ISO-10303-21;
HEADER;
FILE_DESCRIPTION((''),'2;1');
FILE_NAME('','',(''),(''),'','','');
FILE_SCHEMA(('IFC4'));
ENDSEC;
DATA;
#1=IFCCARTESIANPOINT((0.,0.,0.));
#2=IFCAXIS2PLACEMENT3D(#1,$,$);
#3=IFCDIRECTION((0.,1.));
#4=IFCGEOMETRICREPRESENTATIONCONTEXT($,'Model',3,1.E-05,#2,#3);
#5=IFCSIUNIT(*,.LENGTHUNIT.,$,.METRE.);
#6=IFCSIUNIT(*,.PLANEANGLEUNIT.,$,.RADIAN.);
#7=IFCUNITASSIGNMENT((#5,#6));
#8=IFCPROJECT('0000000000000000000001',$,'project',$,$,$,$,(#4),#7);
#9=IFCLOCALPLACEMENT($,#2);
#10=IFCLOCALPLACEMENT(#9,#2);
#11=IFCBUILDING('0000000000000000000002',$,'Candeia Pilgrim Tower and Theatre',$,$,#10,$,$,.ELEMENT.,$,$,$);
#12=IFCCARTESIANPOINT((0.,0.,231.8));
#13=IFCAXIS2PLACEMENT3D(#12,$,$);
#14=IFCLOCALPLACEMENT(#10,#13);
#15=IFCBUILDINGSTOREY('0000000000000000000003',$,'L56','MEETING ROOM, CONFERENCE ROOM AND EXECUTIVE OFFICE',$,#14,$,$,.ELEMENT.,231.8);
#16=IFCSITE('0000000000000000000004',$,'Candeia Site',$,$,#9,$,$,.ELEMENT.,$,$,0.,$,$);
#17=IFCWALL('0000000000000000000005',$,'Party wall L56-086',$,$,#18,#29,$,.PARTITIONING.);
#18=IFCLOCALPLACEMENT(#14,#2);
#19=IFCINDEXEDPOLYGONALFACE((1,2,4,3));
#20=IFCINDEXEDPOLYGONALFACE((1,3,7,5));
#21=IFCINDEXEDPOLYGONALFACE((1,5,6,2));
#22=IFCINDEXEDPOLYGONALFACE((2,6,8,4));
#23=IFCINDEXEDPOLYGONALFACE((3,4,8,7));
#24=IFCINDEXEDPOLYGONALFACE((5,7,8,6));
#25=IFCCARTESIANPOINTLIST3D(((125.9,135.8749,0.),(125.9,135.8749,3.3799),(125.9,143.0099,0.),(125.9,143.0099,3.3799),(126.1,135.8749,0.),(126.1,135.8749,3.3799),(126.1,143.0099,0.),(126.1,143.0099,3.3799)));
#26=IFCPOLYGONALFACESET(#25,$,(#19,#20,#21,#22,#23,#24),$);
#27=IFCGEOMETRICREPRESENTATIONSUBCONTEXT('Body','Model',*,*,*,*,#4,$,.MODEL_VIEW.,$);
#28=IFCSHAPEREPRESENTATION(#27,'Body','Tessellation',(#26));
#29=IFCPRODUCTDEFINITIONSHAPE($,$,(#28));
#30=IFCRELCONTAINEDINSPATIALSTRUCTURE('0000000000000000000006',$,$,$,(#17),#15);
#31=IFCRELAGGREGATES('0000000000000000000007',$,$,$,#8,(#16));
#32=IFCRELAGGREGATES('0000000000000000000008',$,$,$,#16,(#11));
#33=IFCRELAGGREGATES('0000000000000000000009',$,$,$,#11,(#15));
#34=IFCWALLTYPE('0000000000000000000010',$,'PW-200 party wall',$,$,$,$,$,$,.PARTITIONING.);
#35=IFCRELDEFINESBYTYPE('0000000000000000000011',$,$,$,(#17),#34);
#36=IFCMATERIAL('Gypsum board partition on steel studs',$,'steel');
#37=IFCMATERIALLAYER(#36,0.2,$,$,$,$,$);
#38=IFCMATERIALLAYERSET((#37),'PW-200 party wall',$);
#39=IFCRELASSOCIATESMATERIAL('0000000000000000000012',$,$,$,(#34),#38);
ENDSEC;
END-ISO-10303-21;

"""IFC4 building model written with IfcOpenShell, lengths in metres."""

from ifc_helpers import new_model, si_unit, direction, frame, frame_2d, origin, place, context, subcontext, project, spatial, rectangle, extrude, material, layer, layer_set, type_object, element, save


model = new_model("IFC4")

# Units and contexts
model_context = context("Model", 3, precision=1e-05, world=origin(), true_north=direction((0.0, 1.0)))
body_context = subcontext(model_context, "Body", "Model", "MODEL_VIEW")
ifc_project = project(units=[si_unit("LENGTHUNIT", "METRE"), si_unit("PLANEANGLEUNIT", "RADIAN")], contexts=[model_context])

# Site, building, storey
site_placement = place(None, origin())
site = spatial("IfcSite", under=ifc_project, at=site_placement, Name="Candeia Site", CompositionType="ELEMENT", RefElevation=0.0)
building_placement = place(site_placement, origin())
building = spatial("IfcBuilding", under=site, at=building_placement, Name="Candeia Pilgrim Tower and Theatre", CompositionType="ELEMENT")
storey_placement = place(building_placement, frame((0.0, 0.0, 231.8)))
storey = spatial("IfcBuildingStorey", under=building, at=storey_placement, Name="L56", Description="MEETING ROOM, CONFERENCE ROOM AND EXECUTIVE OFFICE", CompositionType="ELEMENT", Elevation=231.8)

# Shared definitions
ifc_material_1 = material(Name="Gypsum board partition on steel studs", Category="steel")

# Wall
ifc_layer_1 = layer(ifc_material_1, 0.2)
ifc_layer_set_1 = layer_set([ifc_layer_1], Name="PW-200 party wall")
wall_type_1 = type_object("IfcWallType", Name="PW-200 party wall", PredefinedType="PARTITIONING", material=ifc_layer_set_1)
wall_1_placement = place(storey_placement, frame((126.0, 135.875, 0.0), z_axis=(0.0, 0.0, 1.0), x_axis=(0.0, 1.0, 0.0)))
element("IfcWall", 1, at=wall_1_placement, inside=storey, type_object=wall_type_1, Name="Party wall L56-086", PredefinedType="PARTITIONING", context=body_context, shape_type="SweptSolid", body=[
    extrude(rectangle(XDim=7.135, YDim=0.2, at=frame_2d((3.5674, 0.0))), origin(), (0.0, 0.0, 1.0), 3.3799),
])

save(model, "model.ifc")
